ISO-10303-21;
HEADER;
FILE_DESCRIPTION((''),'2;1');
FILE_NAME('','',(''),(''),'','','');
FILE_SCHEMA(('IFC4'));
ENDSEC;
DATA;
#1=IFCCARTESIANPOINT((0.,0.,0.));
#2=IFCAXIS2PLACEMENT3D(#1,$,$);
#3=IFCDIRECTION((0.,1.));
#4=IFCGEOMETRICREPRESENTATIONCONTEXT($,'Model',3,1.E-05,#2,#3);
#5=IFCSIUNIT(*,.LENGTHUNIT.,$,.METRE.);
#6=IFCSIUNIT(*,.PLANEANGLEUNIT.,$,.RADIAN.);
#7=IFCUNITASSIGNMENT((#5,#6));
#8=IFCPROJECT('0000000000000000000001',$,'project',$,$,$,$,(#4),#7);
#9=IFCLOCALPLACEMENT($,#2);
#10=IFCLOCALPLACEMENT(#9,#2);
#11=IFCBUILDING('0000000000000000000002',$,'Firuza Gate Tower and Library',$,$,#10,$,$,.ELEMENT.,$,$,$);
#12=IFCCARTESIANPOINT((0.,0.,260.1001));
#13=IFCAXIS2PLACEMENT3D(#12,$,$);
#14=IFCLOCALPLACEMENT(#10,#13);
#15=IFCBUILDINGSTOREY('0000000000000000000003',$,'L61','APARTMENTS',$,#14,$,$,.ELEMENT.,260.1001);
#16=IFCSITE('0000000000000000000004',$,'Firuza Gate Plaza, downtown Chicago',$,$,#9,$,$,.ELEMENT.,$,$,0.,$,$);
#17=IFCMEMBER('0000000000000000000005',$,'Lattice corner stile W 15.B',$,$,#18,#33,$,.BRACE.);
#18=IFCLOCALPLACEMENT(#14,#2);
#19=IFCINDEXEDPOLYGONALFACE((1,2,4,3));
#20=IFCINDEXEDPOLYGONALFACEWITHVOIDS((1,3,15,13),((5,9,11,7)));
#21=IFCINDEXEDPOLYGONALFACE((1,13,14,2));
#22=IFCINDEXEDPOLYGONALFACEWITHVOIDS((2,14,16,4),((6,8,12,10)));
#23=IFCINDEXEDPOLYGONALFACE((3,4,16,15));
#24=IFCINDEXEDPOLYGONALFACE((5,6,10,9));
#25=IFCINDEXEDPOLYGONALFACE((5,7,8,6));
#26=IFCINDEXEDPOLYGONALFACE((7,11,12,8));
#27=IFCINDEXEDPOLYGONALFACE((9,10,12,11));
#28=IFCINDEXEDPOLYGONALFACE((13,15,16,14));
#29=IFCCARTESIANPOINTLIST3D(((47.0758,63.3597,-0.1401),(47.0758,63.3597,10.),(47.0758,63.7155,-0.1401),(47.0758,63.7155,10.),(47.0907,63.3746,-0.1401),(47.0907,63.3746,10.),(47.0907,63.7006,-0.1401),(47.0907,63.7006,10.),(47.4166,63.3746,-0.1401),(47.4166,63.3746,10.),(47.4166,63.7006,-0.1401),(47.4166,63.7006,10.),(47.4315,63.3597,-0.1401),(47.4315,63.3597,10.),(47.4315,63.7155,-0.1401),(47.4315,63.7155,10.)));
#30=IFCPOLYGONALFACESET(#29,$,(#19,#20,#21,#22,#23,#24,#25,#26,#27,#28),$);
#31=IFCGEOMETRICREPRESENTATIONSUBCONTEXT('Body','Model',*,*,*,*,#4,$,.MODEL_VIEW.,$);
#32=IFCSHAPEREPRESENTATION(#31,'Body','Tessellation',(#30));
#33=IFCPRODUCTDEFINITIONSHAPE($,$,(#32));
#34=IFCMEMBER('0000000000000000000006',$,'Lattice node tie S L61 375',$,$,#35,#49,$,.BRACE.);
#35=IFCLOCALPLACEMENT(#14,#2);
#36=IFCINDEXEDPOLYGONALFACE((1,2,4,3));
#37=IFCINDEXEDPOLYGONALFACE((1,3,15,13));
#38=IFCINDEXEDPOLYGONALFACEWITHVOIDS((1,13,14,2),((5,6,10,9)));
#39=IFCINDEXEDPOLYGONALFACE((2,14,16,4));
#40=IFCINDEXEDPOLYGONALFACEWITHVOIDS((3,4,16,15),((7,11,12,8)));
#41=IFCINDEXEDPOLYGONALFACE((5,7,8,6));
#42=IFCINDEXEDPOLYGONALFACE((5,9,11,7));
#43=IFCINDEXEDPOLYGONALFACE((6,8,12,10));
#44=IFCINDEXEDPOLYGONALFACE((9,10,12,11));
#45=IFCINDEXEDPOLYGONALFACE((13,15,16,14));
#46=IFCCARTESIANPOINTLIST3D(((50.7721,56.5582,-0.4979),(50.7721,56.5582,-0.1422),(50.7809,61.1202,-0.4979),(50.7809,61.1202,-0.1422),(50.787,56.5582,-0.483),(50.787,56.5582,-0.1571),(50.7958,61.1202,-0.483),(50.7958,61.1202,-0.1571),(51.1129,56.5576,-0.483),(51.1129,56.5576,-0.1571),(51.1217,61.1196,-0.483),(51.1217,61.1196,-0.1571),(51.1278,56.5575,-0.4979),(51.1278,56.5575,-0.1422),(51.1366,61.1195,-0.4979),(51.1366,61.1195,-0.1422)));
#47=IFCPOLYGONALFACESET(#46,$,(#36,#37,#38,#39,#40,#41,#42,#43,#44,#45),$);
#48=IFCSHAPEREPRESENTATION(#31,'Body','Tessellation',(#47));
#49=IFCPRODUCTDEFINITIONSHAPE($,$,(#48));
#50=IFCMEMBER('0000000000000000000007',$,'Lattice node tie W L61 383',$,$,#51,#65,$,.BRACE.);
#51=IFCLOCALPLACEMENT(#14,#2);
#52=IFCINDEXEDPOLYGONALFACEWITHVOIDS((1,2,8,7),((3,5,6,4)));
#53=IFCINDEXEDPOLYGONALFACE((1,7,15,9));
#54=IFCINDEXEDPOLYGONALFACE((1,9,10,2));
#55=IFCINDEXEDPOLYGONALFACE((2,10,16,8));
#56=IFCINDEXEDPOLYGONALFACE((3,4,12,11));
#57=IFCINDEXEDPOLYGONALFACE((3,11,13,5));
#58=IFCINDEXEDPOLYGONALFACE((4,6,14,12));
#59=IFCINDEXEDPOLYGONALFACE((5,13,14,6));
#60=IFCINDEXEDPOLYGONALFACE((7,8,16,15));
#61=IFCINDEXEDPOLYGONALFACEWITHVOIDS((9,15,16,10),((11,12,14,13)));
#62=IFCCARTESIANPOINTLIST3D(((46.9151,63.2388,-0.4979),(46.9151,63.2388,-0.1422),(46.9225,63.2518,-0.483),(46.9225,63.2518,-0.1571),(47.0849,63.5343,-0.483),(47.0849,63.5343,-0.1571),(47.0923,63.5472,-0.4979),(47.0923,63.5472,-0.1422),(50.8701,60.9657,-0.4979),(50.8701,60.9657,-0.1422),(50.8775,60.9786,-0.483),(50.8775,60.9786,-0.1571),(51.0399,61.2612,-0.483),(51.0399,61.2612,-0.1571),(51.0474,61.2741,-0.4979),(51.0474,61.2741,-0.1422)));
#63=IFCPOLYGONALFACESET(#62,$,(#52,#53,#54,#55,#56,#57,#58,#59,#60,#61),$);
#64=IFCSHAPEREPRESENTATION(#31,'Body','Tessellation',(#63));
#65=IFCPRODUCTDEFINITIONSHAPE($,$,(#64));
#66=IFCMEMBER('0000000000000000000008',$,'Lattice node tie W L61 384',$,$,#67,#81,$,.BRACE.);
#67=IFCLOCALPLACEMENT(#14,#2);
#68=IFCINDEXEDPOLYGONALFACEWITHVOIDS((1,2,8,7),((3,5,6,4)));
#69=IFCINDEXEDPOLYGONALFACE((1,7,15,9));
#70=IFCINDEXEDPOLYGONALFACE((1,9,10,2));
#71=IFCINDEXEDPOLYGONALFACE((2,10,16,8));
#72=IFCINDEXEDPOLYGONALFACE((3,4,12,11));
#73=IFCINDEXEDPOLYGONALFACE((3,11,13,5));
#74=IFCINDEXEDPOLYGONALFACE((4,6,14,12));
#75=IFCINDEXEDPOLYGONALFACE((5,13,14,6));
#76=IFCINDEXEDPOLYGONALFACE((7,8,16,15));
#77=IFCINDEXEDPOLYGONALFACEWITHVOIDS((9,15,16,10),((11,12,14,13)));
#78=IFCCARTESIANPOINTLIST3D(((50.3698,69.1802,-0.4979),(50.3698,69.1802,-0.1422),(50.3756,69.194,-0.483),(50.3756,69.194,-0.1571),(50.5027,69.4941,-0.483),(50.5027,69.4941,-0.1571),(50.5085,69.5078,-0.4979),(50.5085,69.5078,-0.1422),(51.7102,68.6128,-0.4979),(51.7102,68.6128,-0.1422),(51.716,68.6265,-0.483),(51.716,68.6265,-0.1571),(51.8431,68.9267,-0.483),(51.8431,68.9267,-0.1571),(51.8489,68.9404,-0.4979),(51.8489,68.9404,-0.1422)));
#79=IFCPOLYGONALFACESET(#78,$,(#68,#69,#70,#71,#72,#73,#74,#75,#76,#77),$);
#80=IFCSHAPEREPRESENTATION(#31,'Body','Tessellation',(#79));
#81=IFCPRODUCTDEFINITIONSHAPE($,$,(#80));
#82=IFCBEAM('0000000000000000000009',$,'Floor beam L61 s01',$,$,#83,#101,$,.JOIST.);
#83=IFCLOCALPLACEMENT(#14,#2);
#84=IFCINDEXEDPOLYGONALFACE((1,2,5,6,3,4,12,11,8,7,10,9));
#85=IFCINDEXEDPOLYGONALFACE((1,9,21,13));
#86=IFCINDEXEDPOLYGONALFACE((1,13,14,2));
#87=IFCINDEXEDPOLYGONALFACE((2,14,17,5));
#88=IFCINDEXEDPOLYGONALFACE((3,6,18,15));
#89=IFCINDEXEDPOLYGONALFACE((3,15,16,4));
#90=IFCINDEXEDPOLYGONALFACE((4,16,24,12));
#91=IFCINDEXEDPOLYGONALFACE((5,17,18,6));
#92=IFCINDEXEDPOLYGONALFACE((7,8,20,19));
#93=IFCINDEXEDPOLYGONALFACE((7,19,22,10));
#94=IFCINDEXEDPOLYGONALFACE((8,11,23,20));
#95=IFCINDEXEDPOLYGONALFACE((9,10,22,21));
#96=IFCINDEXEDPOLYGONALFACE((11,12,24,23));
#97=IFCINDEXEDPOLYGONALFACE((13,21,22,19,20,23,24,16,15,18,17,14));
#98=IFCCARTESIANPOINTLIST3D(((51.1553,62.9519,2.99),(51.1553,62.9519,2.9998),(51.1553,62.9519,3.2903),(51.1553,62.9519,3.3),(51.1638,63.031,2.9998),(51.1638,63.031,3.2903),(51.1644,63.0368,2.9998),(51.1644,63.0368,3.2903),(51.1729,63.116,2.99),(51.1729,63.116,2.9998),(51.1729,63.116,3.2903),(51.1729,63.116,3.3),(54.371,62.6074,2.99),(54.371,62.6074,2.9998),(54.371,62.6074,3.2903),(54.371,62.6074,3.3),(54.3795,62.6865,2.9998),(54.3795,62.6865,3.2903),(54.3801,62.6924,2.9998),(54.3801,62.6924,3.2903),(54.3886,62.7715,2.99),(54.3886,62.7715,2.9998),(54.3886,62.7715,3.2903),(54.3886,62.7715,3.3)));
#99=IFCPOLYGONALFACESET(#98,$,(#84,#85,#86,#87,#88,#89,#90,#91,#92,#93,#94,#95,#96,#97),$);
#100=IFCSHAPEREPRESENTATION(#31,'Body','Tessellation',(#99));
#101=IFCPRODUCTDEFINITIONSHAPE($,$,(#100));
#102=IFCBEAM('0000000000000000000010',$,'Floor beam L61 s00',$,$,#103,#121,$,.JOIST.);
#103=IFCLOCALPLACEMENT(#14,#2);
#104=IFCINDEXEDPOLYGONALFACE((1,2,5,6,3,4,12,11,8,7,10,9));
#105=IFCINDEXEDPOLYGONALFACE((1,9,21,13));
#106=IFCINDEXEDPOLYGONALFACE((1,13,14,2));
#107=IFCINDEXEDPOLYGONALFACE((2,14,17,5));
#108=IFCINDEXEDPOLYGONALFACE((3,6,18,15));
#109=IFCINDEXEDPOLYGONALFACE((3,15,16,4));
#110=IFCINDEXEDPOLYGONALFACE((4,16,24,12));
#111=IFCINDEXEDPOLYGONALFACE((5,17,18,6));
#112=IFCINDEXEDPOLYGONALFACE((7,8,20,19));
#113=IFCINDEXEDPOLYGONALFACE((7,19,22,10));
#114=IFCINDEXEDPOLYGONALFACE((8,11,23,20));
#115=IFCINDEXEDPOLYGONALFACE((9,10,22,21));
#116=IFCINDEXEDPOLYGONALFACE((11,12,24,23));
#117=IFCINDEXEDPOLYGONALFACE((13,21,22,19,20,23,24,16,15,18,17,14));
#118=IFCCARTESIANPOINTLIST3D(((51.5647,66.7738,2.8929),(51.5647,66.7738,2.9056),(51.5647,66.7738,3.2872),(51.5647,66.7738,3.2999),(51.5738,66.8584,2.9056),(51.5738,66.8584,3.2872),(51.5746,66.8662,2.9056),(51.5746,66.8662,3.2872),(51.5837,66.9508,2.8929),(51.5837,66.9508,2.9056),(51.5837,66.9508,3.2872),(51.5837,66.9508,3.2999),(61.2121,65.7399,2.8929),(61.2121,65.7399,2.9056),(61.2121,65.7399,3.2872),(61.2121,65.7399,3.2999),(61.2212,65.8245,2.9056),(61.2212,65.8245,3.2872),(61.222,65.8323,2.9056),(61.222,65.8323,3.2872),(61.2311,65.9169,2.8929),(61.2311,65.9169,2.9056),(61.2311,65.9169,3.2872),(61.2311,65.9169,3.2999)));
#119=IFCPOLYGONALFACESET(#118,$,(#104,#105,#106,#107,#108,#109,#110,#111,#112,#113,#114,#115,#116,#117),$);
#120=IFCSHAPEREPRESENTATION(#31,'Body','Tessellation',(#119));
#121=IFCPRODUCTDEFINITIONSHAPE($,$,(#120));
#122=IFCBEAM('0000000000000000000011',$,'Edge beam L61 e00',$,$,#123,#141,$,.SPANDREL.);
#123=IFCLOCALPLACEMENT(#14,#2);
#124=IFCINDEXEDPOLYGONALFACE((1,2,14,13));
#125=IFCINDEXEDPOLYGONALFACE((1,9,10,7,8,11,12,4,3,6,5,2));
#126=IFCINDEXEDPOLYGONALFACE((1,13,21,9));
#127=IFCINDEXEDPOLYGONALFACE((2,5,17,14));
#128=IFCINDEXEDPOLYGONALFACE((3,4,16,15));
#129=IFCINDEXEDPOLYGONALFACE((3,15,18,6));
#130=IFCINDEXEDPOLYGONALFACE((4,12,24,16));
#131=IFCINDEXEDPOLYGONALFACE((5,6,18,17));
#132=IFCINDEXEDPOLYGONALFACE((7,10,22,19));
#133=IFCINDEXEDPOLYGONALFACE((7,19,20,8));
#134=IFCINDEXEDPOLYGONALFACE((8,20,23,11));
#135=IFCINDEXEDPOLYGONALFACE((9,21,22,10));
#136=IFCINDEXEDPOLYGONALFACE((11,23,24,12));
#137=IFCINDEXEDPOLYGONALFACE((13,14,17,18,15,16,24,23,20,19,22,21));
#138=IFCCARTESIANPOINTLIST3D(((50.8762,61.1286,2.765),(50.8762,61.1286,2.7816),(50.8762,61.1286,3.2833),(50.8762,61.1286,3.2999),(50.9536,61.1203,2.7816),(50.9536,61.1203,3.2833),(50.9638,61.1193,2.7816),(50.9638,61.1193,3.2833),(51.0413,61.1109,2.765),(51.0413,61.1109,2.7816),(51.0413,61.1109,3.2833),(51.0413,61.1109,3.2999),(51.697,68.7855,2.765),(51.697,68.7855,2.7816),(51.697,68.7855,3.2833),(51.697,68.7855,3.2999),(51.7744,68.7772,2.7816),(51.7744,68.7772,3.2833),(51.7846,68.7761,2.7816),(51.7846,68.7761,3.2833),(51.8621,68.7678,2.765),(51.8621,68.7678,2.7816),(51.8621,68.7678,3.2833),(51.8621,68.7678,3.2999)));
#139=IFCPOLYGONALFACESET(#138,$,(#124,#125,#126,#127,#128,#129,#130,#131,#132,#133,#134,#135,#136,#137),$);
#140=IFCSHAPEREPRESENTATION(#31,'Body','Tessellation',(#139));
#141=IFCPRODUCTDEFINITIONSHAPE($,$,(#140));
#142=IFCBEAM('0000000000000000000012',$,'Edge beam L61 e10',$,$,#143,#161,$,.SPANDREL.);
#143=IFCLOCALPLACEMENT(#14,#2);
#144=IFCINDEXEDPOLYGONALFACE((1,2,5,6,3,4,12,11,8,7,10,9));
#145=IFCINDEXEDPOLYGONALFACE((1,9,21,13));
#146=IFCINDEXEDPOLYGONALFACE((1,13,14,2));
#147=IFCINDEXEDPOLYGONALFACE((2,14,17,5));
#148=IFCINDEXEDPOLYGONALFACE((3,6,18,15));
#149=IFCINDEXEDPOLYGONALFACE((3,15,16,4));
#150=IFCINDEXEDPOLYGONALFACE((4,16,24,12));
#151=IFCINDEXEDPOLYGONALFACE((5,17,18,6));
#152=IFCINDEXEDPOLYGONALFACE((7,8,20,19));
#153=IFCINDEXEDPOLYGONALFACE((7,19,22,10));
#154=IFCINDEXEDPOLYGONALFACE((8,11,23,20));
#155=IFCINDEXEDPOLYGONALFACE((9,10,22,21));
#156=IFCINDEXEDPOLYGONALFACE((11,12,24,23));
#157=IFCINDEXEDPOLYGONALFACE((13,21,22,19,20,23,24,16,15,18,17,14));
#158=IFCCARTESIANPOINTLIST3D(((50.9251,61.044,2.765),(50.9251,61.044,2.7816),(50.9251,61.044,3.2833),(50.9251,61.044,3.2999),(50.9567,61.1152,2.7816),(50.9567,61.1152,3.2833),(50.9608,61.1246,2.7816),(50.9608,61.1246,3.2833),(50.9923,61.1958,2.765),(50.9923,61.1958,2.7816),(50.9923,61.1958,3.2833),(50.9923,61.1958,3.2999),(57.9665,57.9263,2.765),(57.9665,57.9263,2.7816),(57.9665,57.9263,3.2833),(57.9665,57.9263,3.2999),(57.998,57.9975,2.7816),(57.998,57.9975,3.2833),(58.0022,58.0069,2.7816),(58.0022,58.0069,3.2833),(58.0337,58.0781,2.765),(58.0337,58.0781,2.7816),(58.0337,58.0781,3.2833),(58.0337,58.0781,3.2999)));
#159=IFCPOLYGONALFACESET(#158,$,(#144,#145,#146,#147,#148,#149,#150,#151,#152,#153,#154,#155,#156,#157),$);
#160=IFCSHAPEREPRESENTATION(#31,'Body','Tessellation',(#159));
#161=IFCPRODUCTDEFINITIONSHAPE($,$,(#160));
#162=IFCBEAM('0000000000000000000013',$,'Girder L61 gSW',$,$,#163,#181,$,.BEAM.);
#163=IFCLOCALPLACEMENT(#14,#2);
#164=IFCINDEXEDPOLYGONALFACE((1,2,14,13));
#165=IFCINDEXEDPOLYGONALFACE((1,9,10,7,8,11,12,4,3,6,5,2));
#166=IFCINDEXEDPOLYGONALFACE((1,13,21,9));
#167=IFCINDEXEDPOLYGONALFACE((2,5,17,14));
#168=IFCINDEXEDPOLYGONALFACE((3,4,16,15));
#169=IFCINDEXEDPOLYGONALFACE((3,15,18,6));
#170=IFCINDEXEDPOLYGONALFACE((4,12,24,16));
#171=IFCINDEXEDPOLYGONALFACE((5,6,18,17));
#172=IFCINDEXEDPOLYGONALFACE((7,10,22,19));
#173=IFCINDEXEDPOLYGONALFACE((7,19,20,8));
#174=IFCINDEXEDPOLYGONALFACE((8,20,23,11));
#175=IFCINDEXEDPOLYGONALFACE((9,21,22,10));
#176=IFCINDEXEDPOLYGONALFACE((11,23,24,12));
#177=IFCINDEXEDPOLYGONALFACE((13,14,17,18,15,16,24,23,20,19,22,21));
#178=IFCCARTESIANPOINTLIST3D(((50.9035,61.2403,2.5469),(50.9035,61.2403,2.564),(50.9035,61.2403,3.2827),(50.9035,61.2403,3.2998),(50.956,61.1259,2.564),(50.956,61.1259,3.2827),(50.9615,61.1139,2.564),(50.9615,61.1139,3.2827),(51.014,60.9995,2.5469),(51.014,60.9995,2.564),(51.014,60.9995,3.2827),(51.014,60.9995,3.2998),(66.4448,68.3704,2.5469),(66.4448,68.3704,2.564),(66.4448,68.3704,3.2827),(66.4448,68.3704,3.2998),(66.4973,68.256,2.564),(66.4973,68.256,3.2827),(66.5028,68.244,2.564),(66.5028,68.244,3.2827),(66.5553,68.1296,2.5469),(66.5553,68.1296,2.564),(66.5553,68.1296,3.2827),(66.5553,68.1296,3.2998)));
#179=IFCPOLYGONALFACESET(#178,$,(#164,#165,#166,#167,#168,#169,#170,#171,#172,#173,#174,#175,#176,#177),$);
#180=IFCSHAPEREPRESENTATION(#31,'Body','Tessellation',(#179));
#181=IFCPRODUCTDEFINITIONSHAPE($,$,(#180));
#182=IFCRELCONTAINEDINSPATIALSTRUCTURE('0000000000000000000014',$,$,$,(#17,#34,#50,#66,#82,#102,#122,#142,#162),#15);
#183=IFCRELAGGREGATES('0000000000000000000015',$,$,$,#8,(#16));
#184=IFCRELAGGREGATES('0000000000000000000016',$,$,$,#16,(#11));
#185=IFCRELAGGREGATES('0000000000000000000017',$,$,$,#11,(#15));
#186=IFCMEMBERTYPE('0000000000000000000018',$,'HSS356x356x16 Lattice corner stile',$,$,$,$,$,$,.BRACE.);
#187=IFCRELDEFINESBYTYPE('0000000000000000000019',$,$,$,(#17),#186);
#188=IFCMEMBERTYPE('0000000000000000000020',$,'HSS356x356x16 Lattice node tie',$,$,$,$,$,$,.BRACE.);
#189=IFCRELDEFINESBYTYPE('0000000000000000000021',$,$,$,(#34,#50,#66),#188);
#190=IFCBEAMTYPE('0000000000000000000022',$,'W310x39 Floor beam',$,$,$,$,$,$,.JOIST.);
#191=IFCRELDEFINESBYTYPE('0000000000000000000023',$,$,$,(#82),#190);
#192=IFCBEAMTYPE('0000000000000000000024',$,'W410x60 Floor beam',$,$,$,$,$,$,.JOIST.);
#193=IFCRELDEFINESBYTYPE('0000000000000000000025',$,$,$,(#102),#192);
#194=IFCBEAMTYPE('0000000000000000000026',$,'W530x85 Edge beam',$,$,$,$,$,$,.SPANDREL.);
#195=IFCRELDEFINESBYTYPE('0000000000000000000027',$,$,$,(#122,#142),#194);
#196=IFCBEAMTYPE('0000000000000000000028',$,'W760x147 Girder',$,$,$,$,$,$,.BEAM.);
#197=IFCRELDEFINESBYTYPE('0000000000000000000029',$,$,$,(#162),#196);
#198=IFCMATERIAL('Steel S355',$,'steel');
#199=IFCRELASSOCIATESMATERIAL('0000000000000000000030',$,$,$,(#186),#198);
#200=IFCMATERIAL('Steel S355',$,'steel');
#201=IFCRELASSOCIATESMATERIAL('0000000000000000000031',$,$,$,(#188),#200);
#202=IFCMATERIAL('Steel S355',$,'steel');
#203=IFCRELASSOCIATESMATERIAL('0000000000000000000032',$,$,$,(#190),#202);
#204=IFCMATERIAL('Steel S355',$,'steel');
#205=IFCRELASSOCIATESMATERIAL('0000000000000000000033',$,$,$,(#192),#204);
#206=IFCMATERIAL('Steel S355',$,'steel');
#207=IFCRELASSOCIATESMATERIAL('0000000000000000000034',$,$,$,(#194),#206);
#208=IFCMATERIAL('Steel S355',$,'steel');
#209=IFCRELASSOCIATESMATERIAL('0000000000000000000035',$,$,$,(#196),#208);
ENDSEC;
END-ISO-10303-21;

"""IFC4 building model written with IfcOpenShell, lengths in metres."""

from ifc_helpers import new_model, si_unit, direction, frame, origin, origin_2d, place, context, subcontext, project, spatial, hollow_rectangle, i_section, extrude, material, material_profile, profile_set, type_object, element, save


model = new_model("IFC4")

# Units and contexts
model_context = context("Model", 3, precision=1e-05, world=origin(), true_north=direction((0.0, 1.0)))
body_context = subcontext(model_context, "Body", "Model", "MODEL_VIEW")
ifc_project = project(units=[si_unit("LENGTHUNIT", "METRE"), si_unit("PLANEANGLEUNIT", "RADIAN")], contexts=[model_context])

# Site, building, storey
site_placement = place(None, origin())
site = spatial("IfcSite", under=ifc_project, at=site_placement, Name="Firuza Gate Plaza, downtown Chicago", CompositionType="ELEMENT", RefElevation=0.0)
building_placement = place(site_placement, origin())
building = spatial("IfcBuilding", under=site, at=building_placement, Name="Firuza Gate Tower and Library", CompositionType="ELEMENT")
storey_placement = place(building_placement, frame((0.0, 0.0, 260.1001)))
storey = spatial("IfcBuildingStorey", under=building, at=storey_placement, Name="L61", Description="APARTMENTS", CompositionType="ELEMENT", Elevation=260.1001)

# Members
ifc_material_1 = material(Name="Steel S355", Category="steel")
ifc_material_profile_1 = material_profile(ifc_material_1, hollow_rectangle(XDim=0.3557, YDim=0.3557, WallThickness=0.0149, at=origin_2d()))
ifc_profile_set_1 = profile_set([ifc_material_profile_1], Name="Steel S355")
member_type_1 = type_object("IfcMemberType", Name="HSS356x356x16 Lattice corner stile", PredefinedType="BRACE", material=ifc_profile_set_1)
member_1_placement = place(storey_placement, frame((47.2537, 63.5376, -0.1401), z_axis=(0.0, 0.0, 1.0), x_axis=(1.0, 0.0, 0.0)))
element("IfcMember", 1, at=member_1_placement, inside=storey, type_object=member_type_1, Name="Lattice corner stile W 15.B", PredefinedType="BRACE", context=body_context, shape_type="SweptSolid", body=[
    extrude(hollow_rectangle(XDim=0.3557, YDim=0.3557, WallThickness=0.0149, at=origin_2d()), origin(), (0.0, 0.0, 1.0), 10.1401),
])
ifc_material_2 = material(Name="Steel S355", Category="steel")
ifc_material_profile_2 = material_profile(ifc_material_2, hollow_rectangle(XDim=0.3557, YDim=0.3557, WallThickness=0.0149, at=origin_2d()))
ifc_profile_set_2 = profile_set([ifc_material_profile_2], Name="Steel S355")
member_type_2 = type_object("IfcMemberType", Name="HSS356x356x16 Lattice node tie", PredefinedType="BRACE", material=ifc_profile_set_2)
member_2_placement = place(storey_placement, frame((50.9587, 61.1199, -0.3201), z_axis=(-0.001927, -0.999998, 0.0), x_axis=(0.999998, -0.001927, 0.0)))
element("IfcMember", 2, at=member_2_placement, inside=storey, type_object=member_type_2, Name="Lattice node tie S L61 375", PredefinedType="BRACE", context=body_context, shape_type="SweptSolid", body=[
    extrude(hollow_rectangle(XDim=0.3557, YDim=0.3557, WallThickness=0.0149, at=origin_2d()), origin(), (0.0, 0.0, 1.0), 4.562),
])
member_3_placement = place(storey_placement, frame((50.9587, 61.1199, -0.3201), z_axis=(-0.866999, 0.49831, 0.0), x_axis=(-0.49831, -0.866999, 0.0)))
element("IfcMember", 3, at=member_3_placement, inside=storey, type_object=member_type_2, Name="Lattice node tie W L61 383", PredefinedType="BRACE", context=body_context, shape_type="SweptSolid", body=[
    extrude(hollow_rectangle(XDim=0.3557, YDim=0.3557, WallThickness=0.0149, at=origin_2d()), origin(), (0.0, 0.0, 1.0), 4.5618),
])
member_4_placement = place(storey_placement, frame((51.7795, 68.7766, -0.3201), z_axis=(-0.920889, 0.389826, 0.0), x_axis=(-0.389826, -0.920889, 0.0)))
element("IfcMember", 4, at=member_4_placement, inside=storey, type_object=member_type_2, Name="Lattice node tie W L61 384", PredefinedType="BRACE", context=body_context, shape_type="SweptSolid", body=[
    extrude(hollow_rectangle(XDim=0.3557, YDim=0.3557, WallThickness=0.0149, at=origin_2d()), origin(), (0.0, 0.0, 1.0), 1.4556),
])

# Beams
ifc_material_3 = material(Name="Steel S355", Category="steel")
ifc_material_profile_3 = material_profile(ifc_material_3, i_section(OverallWidth=0.165, OverallDepth=0.3101, WebThickness=0.0059, FlangeThickness=0.0098, at=origin_2d()))
ifc_profile_set_3 = profile_set([ifc_material_profile_3], Name="Steel S355")
beam_type_1 = type_object("IfcBeamType", Name="W310x39 Floor beam", PredefinedType="JOIST", material=ifc_profile_set_3)
beam_1_placement = place(storey_placement, frame((51.1641, 63.0339, 3.145), z_axis=(0.994311, -0.106512, 0.0), x_axis=(0.106512, 0.994311, 0.0)))
element("IfcBeam", 5, at=beam_1_placement, inside=storey, type_object=beam_type_1, Name="Floor beam L61 s01", PredefinedType="JOIST", context=body_context, shape_type="SweptSolid", body=[
    extrude(i_section(OverallWidth=0.165, OverallDepth=0.3101, WebThickness=0.0059, FlangeThickness=0.0098, at=origin_2d()), origin(), (0.0, 0.0, 1.0), 3.2341),
])
ifc_material_4 = material(Name="Steel S355", Category="steel")
ifc_material_profile_4 = material_profile(ifc_material_4, i_section(OverallWidth=0.178, OverallDepth=0.407, WebThickness=0.0078, FlangeThickness=0.0127, at=origin_2d()))
ifc_profile_set_4 = profile_set([ifc_material_profile_4], Name="Steel S355")
beam_type_2 = type_object("IfcBeamType", Name="W410x60 Floor beam", PredefinedType="JOIST", material=ifc_profile_set_4)
beam_2_placement = place(storey_placement, frame((51.5742, 66.8623, 3.0964), z_axis=(0.994306, -0.106562, 0.0), x_axis=(0.106562, 0.994306, 0.0)))
element("IfcBeam", 6, at=beam_2_placement, inside=storey, type_object=beam_type_2, Name="Floor beam L61 s00", PredefinedType="JOIST", context=body_context, shape_type="SweptSolid", body=[
    extrude(i_section(OverallWidth=0.178, OverallDepth=0.407, WebThickness=0.0078, FlangeThickness=0.0127, at=origin_2d()), origin(), (0.0, 0.0, 1.0), 9.7026),
])
ifc_material_5 = material(Name="Steel S355", Category="steel")
ifc_material_profile_5 = material_profile(ifc_material_5, i_section(OverallWidth=0.166, OverallDepth=0.5349, WebThickness=0.0103, FlangeThickness=0.0166, at=origin_2d()))
ifc_profile_set_5 = profile_set([ifc_material_profile_5], Name="Steel S355")
beam_type_3 = type_object("IfcBeamType", Name="W530x85 Edge beam", PredefinedType="SPANDREL", material=ifc_profile_set_5)
for number, where, z_axis, x_axis, name in (
    (7, (51.7795, 68.7766, 3.0325), (-0.106589, -0.994303, 0.0), (0.994303, -0.106589, 0.0), "Edge beam L61 e00"),
    (8, (50.9587, 61.1199, 3.0325), (0.914378, -0.404861, 0.0), (0.404861, 0.914378, 0.0), "Edge beam L61 e10"),
):
    element("IfcBeam", number, at=place(storey_placement, frame(where, z_axis=z_axis, x_axis=x_axis)), inside=storey, type_object=beam_type_3, Name=name, PredefinedType="SPANDREL", context=body_context, shape_type="SweptSolid", body=[
        extrude(i_section(OverallWidth=0.166, OverallDepth=0.5349, WebThickness=0.0103, FlangeThickness=0.0166, at=origin_2d()), origin(), (0.0, 0.0, 1.0), 7.7007),
    ])
ifc_material_6 = material(Name="Steel S355", Category="steel")
ifc_material_profile_6 = material_profile(ifc_material_6, i_section(OverallWidth=0.2649, OverallDepth=0.7529, WebThickness=0.0132, FlangeThickness=0.0171, at=origin_2d()))
ifc_profile_set_6 = profile_set([ifc_material_profile_6], Name="Steel S355")
beam_type_4 = type_object("IfcBeamType", Name="W760x147 Girder", PredefinedType="BEAM", material=ifc_profile_set_6)
beam_3_placement = place(storey_placement, frame((50.9587, 61.1199, 2.9233), z_axis=(0.908909, 0.416995, 0.0), x_axis=(-0.416995, 0.908909, 0.0)))
element("IfcBeam", 9, at=beam_3_placement, inside=storey, type_object=beam_type_4, Name="Girder L61 gSW", PredefinedType="BEAM", context=body_context, shape_type="SweptSolid", body=[
    extrude(i_section(OverallWidth=0.2649, OverallDepth=0.7529, WebThickness=0.0132, FlangeThickness=0.0171, at=origin_2d()), origin(), (0.0, 0.0, 1.0), 17.0989),
])

save(model, "model.ifc")
